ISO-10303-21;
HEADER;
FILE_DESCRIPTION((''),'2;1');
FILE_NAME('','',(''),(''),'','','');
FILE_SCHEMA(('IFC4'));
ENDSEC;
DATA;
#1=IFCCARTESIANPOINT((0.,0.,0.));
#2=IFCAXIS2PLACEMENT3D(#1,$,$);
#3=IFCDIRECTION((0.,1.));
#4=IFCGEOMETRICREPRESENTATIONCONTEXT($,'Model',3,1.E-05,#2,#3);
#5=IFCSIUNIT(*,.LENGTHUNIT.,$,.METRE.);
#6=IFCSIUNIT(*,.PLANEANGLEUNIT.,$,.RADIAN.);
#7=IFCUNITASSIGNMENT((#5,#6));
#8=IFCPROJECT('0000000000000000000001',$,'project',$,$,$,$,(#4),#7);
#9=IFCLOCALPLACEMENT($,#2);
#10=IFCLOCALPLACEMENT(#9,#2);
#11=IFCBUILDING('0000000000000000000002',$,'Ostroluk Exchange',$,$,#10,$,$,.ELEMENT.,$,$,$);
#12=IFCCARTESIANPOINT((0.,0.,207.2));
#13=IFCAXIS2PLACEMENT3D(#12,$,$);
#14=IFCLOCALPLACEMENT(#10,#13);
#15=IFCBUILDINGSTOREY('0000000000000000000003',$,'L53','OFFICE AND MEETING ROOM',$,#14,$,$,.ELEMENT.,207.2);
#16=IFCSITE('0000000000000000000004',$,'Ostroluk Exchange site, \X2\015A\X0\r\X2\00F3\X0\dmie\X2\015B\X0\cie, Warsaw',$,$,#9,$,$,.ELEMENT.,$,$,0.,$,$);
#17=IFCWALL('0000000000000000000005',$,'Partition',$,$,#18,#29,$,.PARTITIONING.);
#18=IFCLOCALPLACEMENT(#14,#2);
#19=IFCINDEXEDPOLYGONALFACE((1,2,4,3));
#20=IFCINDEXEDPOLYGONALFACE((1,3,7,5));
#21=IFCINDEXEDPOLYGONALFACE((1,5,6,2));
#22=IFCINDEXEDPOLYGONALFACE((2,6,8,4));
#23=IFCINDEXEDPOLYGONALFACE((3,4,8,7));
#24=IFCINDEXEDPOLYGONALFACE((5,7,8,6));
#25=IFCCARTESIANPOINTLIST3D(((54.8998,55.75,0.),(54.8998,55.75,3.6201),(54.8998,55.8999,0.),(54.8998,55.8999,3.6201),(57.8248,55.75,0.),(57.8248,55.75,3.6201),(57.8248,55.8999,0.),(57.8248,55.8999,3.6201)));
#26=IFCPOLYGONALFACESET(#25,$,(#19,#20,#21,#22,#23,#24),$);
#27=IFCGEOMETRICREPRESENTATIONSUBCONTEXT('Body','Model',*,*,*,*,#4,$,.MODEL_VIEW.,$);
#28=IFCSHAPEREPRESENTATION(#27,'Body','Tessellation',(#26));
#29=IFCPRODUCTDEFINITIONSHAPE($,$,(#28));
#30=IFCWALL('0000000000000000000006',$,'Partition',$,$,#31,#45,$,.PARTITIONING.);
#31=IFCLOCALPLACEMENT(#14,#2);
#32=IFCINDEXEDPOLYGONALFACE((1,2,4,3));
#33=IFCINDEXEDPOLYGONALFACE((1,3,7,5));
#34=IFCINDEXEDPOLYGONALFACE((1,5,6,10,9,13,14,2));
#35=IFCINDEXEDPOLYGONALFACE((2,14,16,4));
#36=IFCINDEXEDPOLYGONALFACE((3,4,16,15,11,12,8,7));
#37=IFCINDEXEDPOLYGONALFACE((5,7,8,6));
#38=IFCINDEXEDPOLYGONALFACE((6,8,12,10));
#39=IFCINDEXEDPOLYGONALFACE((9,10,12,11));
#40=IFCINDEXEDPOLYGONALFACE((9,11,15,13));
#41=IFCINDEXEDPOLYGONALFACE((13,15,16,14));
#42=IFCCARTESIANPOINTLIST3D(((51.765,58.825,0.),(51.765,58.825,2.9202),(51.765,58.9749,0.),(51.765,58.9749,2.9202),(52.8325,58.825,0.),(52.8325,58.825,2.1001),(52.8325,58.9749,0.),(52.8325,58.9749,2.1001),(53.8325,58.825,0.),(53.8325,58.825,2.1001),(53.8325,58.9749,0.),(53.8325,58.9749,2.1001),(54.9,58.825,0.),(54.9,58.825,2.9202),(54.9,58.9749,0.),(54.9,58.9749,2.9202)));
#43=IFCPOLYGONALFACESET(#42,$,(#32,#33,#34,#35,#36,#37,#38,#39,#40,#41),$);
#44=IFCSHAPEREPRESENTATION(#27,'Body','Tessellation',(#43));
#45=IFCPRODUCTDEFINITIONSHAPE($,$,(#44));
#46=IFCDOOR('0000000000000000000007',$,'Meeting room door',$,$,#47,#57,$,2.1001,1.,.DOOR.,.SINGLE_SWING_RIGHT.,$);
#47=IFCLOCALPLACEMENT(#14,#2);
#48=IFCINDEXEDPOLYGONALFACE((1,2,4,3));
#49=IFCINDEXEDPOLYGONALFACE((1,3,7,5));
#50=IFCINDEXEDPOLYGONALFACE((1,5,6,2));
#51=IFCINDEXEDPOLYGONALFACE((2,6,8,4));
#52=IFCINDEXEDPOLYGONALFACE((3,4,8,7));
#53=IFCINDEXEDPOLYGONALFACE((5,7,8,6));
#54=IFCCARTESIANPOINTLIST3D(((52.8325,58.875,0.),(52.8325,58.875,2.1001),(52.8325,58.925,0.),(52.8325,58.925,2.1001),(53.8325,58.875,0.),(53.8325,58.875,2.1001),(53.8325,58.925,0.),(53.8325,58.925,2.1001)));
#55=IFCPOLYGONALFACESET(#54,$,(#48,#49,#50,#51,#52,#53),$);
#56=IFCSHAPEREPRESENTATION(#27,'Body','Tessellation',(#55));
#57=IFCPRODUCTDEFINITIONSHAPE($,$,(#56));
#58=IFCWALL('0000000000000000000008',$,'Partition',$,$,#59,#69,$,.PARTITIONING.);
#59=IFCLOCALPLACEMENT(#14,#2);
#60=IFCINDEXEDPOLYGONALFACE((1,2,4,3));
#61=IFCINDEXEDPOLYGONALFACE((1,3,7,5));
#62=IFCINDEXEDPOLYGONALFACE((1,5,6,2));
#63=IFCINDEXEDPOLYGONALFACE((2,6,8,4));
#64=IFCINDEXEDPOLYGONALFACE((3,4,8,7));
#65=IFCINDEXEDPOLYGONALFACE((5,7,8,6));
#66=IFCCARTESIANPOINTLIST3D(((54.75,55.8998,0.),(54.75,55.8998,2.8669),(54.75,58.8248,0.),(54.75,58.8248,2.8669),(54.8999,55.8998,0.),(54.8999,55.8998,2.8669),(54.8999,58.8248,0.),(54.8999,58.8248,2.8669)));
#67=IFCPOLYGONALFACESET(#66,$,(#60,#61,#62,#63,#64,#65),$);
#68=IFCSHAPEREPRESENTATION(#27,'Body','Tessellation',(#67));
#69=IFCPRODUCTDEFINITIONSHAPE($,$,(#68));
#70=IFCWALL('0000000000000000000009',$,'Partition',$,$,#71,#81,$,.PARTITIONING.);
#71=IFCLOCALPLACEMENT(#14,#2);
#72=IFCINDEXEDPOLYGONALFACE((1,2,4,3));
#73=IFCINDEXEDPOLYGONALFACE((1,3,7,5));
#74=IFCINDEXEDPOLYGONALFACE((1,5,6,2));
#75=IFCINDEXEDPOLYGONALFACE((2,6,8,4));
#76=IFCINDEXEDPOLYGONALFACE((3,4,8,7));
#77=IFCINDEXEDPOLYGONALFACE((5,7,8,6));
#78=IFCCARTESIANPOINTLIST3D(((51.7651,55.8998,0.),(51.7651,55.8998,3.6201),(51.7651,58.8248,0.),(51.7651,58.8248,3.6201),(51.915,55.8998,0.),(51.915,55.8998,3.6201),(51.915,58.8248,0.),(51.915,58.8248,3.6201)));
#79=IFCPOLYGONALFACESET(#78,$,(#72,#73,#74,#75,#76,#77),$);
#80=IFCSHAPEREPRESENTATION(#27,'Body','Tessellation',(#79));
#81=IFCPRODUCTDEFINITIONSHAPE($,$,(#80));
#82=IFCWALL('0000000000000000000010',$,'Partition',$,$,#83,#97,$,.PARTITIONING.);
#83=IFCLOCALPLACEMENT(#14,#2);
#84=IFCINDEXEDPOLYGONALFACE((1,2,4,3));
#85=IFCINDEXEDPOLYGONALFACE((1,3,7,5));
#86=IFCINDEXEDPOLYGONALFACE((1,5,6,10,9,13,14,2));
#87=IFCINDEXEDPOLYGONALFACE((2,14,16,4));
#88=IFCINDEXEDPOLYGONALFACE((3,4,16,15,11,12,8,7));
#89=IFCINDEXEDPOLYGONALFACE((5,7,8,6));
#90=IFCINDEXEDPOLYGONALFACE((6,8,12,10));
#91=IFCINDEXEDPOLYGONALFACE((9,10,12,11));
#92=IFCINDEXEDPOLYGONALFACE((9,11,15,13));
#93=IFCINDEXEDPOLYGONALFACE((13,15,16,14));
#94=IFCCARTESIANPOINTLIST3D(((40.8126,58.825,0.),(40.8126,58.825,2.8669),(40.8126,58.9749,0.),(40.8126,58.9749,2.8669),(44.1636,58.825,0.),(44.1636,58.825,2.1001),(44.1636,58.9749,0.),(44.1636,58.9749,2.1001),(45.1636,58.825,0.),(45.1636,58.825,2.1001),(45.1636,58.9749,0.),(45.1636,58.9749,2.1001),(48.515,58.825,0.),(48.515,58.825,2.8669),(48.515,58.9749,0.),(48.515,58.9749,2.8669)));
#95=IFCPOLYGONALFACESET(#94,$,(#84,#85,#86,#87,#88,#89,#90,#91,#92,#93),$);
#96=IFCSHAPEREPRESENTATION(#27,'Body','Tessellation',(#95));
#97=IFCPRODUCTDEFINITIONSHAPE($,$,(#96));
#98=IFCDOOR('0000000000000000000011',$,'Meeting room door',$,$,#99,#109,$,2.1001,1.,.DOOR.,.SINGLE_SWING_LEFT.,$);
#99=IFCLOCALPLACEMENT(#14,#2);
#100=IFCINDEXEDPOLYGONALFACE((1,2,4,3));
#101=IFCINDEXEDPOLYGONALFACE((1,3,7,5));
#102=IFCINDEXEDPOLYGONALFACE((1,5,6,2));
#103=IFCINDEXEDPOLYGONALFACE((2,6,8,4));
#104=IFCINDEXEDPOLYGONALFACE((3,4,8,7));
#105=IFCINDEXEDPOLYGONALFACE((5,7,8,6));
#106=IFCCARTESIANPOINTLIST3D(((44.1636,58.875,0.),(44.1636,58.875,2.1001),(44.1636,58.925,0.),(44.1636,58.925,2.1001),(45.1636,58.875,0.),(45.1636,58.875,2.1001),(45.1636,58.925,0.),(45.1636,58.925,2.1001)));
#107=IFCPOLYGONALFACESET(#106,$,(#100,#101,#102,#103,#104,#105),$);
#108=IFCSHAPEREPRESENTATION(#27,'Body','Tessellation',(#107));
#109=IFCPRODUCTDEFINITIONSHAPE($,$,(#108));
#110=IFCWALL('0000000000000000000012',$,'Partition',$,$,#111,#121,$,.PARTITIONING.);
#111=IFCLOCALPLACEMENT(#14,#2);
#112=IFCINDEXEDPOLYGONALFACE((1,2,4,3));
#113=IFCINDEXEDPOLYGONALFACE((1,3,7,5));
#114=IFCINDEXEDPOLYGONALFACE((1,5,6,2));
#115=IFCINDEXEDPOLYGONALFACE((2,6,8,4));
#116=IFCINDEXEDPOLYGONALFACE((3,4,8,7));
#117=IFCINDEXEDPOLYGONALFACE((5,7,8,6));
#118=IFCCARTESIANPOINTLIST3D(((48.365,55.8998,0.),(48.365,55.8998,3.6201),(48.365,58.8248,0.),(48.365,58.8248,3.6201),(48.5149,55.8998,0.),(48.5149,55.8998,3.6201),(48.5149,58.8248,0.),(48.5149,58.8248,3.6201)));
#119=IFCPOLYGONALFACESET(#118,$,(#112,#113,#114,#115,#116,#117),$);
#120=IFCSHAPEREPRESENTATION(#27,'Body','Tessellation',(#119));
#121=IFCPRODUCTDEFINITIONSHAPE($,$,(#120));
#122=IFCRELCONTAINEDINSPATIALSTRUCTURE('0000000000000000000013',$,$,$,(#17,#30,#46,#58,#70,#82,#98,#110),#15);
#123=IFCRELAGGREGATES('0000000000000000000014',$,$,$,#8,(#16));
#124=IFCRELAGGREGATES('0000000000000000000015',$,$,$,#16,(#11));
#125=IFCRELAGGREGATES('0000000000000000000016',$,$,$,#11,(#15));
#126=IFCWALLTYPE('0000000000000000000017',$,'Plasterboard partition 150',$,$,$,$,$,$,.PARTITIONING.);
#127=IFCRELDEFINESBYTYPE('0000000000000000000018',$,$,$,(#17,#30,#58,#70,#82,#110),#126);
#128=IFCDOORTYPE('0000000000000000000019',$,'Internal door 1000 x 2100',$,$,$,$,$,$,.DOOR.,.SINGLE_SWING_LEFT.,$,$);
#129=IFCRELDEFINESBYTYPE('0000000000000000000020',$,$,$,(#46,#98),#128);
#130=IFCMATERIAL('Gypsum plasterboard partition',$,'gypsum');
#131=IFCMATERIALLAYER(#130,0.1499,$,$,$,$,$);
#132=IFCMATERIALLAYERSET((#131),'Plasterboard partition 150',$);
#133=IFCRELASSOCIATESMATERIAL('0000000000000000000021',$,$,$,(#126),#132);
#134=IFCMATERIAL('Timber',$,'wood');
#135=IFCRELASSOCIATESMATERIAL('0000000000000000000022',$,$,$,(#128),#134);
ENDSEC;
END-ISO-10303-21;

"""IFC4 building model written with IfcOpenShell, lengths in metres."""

from ifc_helpers import new_model, si_unit, direction, frame, frame_2d, origin, place, context, subcontext, project, spatial, rectangle, extrude, material, layer, layer_set, type_object, element, fill, save


model = new_model("IFC4")

# Units and contexts
model_context = context("Model", 3, precision=1e-05, world=origin(), true_north=direction((0.0, 1.0)))
body_context = subcontext(model_context, "Body", "Model", "MODEL_VIEW")
ifc_project = project(units=[si_unit("LENGTHUNIT", "METRE"), si_unit("PLANEANGLEUNIT", "RADIAN")], contexts=[model_context])

# Site, building, storey
site_placement = place(None, origin())
site = spatial("IfcSite", under=ifc_project, at=site_placement, Name="Ostroluk Exchange site, Śródmieście, Warsaw", CompositionType="ELEMENT", RefElevation=0.0)
building_placement = place(site_placement, origin())
building = spatial("IfcBuilding", under=site, at=building_placement, Name="Ostroluk Exchange", CompositionType="ELEMENT")
storey_placement = place(building_placement, frame((0.0, 0.0, 207.2)))
storey = spatial("IfcBuildingStorey", under=building, at=storey_placement, Name="L53", Description="OFFICE AND MEETING ROOM", CompositionType="ELEMENT", Elevation=207.2)

# Wall
ifc_material_1 = material(Name="Gypsum plasterboard partition", Category="gypsum")
ifc_layer = layer(ifc_material_1, 0.1499)
ifc_layer_set = layer_set([ifc_layer], Name="Plasterboard partition 150")
wall_type = type_object("IfcWallType", Name="Plasterboard partition 150", PredefinedType="PARTITIONING", material=ifc_layer_set)
wall_1_placement = place(storey_placement, frame((54.8999, 55.825, 0.0), z_axis=(0.0, 0.0, 1.0), x_axis=(1.0, 0.0, 0.0)))
element("IfcWall", 1, at=wall_1_placement, inside=storey, type_object=wall_type, Name="Partition", PredefinedType="PARTITIONING", context=body_context, shape_type="SweptSolid", body=[
    extrude(rectangle(XDim=2.925, YDim=0.1499, at=frame_2d((1.4624, 0.0))), origin(), (0.0, 0.0, 1.0), 3.6201),
])

# Wall, opening, door
wall_2_placement = place(storey_placement, frame((54.8999, 58.8999, 0.0), z_axis=(0.0, 0.0, 1.0), x_axis=(-1.0, 0.0, 0.0)))
wall_2 = element("IfcWall", 2, at=wall_2_placement, inside=storey, type_object=wall_type, Name="Partition", PredefinedType="PARTITIONING", context=body_context, shape_type="SweptSolid", body=[
    extrude(rectangle(XDim=3.135, YDim=0.1499, at=frame_2d((1.5674, 0.0))), origin(), (0.0, 0.0, 1.0), 2.9202),
])
opening_1_placement = place(wall_2_placement, frame((1.0674, 0.0, 0.0)))
opening_1 = element("IfcOpeningElement", 3, at=opening_1_placement, cuts=wall_2, PredefinedType="OPENING", context=body_context, shape_type="SweptSolid", body=[
    extrude(rectangle(XDim=1.0, YDim=2.1001, at=frame_2d((0.5, 1.05))), frame((0.0, 0.085, 0.0), z_axis=(0.0, -1.0, 0.0), x_axis=(1.0, 0.0, 0.0)), (0.0, 0.0, 1.0), 0.1699),
])
ifc_material_2 = material(Name="Timber", Category="wood")
door_type_1 = type_object("IfcDoorType", Name="Internal door 1000 x 2100", OperationType="SINGLE_SWING_LEFT", PredefinedType="DOOR", material=ifc_material_2)
door_1_placement = place(opening_1_placement, origin())
door_1 = element("IfcDoor", 4, at=door_1_placement, inside=storey, type_object=door_type_1, Name="Meeting room door", OperationType="SINGLE_SWING_RIGHT", OverallHeight=2.1001, OverallWidth=1.0, PredefinedType="DOOR", context=body_context, shape_type="SweptSolid", body=[
    extrude(rectangle(XDim=1.0, YDim=2.1001, at=frame_2d((0.5, 1.05))), frame((0.0, 0.0249, 0.0), z_axis=(0.0, -1.0, 0.0), x_axis=(1.0, 0.0, 0.0)), (0.0, 0.0, 1.0), 0.05),
])
fill(opening_1, door_1)

# Walls
wall_3_placement = place(storey_placement, frame((54.825, 55.8999, 0.0), z_axis=(0.0, 0.0, 1.0), x_axis=(0.0, 1.0, 0.0)))
element("IfcWall", 5, at=wall_3_placement, inside=storey, type_object=wall_type, Name="Partition", PredefinedType="PARTITIONING", context=body_context, shape_type="SweptSolid", body=[
    extrude(rectangle(XDim=2.925, YDim=0.1499, at=frame_2d((1.4624, 0.0))), origin(), (0.0, 0.0, 1.0), 2.8669),
])
wall_4_placement = place(storey_placement, frame((51.8401, 55.8999, 0.0), z_axis=(0.0, 0.0, 1.0), x_axis=(0.0, 1.0, 0.0)))
element("IfcWall", 6, at=wall_4_placement, inside=storey, type_object=wall_type, Name="Partition", PredefinedType="PARTITIONING", context=body_context, shape_type="SweptSolid", body=[
    extrude(rectangle(XDim=2.925, YDim=0.1499, at=frame_2d((1.4624, 0.0))), origin(), (0.0, 0.0, 1.0), 3.6201),
])

# Wall, opening, door
wall_5_placement = place(storey_placement, frame((48.5149, 58.8999, 0.0), z_axis=(0.0, 0.0, 1.0), x_axis=(-1.0, 0.0, 0.0)))
wall_5 = element("IfcWall", 7, at=wall_5_placement, inside=storey, type_object=wall_type, Name="Partition", PredefinedType="PARTITIONING", context=body_context, shape_type="SweptSolid", body=[
    extrude(rectangle(XDim=7.7024, YDim=0.1499, at=frame_2d((3.8511, 0.0))), origin(), (0.0, 0.0, 1.0), 2.8669),
])
opening_2_placement = place(wall_5_placement, frame((3.3513, 0.0, 0.0)))
opening_2 = element("IfcOpeningElement", 8, at=opening_2_placement, cuts=wall_5, PredefinedType="OPENING", context=body_context, shape_type="SweptSolid", body=[
    extrude(rectangle(XDim=1.0, YDim=2.1001, at=frame_2d((0.5, 1.05))), frame((0.0, 0.085, 0.0), z_axis=(0.0, -1.0, 0.0), x_axis=(1.0, 0.0, 0.0)), (0.0, 0.0, 1.0), 0.1699),
])
door_2_placement = place(opening_2_placement, origin())
door_2 = element("IfcDoor", 9, at=door_2_placement, inside=storey, type_object=door_type_1, Name="Meeting room door", OperationType="SINGLE_SWING_LEFT", OverallHeight=2.1001, OverallWidth=1.0, PredefinedType="DOOR", context=body_context, shape_type="SweptSolid", body=[
    extrude(rectangle(XDim=1.0, YDim=2.1001, at=frame_2d((0.5, 1.05))), frame((0.0, 0.0249, 0.0), z_axis=(0.0, -1.0, 0.0), x_axis=(1.0, 0.0, 0.0)), (0.0, 0.0, 1.0), 0.05),
])
fill(opening_2, door_2)

# Wall
wall_6_placement = place(storey_placement, frame((48.4399, 55.8999, 0.0), z_axis=(0.0, 0.0, 1.0), x_axis=(0.0, 1.0, 0.0)))
element("IfcWall", 10, at=wall_6_placement, inside=storey, type_object=wall_type, Name="Partition", PredefinedType="PARTITIONING", context=body_context, shape_type="SweptSolid", body=[
    extrude(rectangle(XDim=2.925, YDim=0.1499, at=frame_2d((1.4624, 0.0))), origin(), (0.0, 0.0, 1.0), 3.6201),
])

save(model, "model.ifc")
